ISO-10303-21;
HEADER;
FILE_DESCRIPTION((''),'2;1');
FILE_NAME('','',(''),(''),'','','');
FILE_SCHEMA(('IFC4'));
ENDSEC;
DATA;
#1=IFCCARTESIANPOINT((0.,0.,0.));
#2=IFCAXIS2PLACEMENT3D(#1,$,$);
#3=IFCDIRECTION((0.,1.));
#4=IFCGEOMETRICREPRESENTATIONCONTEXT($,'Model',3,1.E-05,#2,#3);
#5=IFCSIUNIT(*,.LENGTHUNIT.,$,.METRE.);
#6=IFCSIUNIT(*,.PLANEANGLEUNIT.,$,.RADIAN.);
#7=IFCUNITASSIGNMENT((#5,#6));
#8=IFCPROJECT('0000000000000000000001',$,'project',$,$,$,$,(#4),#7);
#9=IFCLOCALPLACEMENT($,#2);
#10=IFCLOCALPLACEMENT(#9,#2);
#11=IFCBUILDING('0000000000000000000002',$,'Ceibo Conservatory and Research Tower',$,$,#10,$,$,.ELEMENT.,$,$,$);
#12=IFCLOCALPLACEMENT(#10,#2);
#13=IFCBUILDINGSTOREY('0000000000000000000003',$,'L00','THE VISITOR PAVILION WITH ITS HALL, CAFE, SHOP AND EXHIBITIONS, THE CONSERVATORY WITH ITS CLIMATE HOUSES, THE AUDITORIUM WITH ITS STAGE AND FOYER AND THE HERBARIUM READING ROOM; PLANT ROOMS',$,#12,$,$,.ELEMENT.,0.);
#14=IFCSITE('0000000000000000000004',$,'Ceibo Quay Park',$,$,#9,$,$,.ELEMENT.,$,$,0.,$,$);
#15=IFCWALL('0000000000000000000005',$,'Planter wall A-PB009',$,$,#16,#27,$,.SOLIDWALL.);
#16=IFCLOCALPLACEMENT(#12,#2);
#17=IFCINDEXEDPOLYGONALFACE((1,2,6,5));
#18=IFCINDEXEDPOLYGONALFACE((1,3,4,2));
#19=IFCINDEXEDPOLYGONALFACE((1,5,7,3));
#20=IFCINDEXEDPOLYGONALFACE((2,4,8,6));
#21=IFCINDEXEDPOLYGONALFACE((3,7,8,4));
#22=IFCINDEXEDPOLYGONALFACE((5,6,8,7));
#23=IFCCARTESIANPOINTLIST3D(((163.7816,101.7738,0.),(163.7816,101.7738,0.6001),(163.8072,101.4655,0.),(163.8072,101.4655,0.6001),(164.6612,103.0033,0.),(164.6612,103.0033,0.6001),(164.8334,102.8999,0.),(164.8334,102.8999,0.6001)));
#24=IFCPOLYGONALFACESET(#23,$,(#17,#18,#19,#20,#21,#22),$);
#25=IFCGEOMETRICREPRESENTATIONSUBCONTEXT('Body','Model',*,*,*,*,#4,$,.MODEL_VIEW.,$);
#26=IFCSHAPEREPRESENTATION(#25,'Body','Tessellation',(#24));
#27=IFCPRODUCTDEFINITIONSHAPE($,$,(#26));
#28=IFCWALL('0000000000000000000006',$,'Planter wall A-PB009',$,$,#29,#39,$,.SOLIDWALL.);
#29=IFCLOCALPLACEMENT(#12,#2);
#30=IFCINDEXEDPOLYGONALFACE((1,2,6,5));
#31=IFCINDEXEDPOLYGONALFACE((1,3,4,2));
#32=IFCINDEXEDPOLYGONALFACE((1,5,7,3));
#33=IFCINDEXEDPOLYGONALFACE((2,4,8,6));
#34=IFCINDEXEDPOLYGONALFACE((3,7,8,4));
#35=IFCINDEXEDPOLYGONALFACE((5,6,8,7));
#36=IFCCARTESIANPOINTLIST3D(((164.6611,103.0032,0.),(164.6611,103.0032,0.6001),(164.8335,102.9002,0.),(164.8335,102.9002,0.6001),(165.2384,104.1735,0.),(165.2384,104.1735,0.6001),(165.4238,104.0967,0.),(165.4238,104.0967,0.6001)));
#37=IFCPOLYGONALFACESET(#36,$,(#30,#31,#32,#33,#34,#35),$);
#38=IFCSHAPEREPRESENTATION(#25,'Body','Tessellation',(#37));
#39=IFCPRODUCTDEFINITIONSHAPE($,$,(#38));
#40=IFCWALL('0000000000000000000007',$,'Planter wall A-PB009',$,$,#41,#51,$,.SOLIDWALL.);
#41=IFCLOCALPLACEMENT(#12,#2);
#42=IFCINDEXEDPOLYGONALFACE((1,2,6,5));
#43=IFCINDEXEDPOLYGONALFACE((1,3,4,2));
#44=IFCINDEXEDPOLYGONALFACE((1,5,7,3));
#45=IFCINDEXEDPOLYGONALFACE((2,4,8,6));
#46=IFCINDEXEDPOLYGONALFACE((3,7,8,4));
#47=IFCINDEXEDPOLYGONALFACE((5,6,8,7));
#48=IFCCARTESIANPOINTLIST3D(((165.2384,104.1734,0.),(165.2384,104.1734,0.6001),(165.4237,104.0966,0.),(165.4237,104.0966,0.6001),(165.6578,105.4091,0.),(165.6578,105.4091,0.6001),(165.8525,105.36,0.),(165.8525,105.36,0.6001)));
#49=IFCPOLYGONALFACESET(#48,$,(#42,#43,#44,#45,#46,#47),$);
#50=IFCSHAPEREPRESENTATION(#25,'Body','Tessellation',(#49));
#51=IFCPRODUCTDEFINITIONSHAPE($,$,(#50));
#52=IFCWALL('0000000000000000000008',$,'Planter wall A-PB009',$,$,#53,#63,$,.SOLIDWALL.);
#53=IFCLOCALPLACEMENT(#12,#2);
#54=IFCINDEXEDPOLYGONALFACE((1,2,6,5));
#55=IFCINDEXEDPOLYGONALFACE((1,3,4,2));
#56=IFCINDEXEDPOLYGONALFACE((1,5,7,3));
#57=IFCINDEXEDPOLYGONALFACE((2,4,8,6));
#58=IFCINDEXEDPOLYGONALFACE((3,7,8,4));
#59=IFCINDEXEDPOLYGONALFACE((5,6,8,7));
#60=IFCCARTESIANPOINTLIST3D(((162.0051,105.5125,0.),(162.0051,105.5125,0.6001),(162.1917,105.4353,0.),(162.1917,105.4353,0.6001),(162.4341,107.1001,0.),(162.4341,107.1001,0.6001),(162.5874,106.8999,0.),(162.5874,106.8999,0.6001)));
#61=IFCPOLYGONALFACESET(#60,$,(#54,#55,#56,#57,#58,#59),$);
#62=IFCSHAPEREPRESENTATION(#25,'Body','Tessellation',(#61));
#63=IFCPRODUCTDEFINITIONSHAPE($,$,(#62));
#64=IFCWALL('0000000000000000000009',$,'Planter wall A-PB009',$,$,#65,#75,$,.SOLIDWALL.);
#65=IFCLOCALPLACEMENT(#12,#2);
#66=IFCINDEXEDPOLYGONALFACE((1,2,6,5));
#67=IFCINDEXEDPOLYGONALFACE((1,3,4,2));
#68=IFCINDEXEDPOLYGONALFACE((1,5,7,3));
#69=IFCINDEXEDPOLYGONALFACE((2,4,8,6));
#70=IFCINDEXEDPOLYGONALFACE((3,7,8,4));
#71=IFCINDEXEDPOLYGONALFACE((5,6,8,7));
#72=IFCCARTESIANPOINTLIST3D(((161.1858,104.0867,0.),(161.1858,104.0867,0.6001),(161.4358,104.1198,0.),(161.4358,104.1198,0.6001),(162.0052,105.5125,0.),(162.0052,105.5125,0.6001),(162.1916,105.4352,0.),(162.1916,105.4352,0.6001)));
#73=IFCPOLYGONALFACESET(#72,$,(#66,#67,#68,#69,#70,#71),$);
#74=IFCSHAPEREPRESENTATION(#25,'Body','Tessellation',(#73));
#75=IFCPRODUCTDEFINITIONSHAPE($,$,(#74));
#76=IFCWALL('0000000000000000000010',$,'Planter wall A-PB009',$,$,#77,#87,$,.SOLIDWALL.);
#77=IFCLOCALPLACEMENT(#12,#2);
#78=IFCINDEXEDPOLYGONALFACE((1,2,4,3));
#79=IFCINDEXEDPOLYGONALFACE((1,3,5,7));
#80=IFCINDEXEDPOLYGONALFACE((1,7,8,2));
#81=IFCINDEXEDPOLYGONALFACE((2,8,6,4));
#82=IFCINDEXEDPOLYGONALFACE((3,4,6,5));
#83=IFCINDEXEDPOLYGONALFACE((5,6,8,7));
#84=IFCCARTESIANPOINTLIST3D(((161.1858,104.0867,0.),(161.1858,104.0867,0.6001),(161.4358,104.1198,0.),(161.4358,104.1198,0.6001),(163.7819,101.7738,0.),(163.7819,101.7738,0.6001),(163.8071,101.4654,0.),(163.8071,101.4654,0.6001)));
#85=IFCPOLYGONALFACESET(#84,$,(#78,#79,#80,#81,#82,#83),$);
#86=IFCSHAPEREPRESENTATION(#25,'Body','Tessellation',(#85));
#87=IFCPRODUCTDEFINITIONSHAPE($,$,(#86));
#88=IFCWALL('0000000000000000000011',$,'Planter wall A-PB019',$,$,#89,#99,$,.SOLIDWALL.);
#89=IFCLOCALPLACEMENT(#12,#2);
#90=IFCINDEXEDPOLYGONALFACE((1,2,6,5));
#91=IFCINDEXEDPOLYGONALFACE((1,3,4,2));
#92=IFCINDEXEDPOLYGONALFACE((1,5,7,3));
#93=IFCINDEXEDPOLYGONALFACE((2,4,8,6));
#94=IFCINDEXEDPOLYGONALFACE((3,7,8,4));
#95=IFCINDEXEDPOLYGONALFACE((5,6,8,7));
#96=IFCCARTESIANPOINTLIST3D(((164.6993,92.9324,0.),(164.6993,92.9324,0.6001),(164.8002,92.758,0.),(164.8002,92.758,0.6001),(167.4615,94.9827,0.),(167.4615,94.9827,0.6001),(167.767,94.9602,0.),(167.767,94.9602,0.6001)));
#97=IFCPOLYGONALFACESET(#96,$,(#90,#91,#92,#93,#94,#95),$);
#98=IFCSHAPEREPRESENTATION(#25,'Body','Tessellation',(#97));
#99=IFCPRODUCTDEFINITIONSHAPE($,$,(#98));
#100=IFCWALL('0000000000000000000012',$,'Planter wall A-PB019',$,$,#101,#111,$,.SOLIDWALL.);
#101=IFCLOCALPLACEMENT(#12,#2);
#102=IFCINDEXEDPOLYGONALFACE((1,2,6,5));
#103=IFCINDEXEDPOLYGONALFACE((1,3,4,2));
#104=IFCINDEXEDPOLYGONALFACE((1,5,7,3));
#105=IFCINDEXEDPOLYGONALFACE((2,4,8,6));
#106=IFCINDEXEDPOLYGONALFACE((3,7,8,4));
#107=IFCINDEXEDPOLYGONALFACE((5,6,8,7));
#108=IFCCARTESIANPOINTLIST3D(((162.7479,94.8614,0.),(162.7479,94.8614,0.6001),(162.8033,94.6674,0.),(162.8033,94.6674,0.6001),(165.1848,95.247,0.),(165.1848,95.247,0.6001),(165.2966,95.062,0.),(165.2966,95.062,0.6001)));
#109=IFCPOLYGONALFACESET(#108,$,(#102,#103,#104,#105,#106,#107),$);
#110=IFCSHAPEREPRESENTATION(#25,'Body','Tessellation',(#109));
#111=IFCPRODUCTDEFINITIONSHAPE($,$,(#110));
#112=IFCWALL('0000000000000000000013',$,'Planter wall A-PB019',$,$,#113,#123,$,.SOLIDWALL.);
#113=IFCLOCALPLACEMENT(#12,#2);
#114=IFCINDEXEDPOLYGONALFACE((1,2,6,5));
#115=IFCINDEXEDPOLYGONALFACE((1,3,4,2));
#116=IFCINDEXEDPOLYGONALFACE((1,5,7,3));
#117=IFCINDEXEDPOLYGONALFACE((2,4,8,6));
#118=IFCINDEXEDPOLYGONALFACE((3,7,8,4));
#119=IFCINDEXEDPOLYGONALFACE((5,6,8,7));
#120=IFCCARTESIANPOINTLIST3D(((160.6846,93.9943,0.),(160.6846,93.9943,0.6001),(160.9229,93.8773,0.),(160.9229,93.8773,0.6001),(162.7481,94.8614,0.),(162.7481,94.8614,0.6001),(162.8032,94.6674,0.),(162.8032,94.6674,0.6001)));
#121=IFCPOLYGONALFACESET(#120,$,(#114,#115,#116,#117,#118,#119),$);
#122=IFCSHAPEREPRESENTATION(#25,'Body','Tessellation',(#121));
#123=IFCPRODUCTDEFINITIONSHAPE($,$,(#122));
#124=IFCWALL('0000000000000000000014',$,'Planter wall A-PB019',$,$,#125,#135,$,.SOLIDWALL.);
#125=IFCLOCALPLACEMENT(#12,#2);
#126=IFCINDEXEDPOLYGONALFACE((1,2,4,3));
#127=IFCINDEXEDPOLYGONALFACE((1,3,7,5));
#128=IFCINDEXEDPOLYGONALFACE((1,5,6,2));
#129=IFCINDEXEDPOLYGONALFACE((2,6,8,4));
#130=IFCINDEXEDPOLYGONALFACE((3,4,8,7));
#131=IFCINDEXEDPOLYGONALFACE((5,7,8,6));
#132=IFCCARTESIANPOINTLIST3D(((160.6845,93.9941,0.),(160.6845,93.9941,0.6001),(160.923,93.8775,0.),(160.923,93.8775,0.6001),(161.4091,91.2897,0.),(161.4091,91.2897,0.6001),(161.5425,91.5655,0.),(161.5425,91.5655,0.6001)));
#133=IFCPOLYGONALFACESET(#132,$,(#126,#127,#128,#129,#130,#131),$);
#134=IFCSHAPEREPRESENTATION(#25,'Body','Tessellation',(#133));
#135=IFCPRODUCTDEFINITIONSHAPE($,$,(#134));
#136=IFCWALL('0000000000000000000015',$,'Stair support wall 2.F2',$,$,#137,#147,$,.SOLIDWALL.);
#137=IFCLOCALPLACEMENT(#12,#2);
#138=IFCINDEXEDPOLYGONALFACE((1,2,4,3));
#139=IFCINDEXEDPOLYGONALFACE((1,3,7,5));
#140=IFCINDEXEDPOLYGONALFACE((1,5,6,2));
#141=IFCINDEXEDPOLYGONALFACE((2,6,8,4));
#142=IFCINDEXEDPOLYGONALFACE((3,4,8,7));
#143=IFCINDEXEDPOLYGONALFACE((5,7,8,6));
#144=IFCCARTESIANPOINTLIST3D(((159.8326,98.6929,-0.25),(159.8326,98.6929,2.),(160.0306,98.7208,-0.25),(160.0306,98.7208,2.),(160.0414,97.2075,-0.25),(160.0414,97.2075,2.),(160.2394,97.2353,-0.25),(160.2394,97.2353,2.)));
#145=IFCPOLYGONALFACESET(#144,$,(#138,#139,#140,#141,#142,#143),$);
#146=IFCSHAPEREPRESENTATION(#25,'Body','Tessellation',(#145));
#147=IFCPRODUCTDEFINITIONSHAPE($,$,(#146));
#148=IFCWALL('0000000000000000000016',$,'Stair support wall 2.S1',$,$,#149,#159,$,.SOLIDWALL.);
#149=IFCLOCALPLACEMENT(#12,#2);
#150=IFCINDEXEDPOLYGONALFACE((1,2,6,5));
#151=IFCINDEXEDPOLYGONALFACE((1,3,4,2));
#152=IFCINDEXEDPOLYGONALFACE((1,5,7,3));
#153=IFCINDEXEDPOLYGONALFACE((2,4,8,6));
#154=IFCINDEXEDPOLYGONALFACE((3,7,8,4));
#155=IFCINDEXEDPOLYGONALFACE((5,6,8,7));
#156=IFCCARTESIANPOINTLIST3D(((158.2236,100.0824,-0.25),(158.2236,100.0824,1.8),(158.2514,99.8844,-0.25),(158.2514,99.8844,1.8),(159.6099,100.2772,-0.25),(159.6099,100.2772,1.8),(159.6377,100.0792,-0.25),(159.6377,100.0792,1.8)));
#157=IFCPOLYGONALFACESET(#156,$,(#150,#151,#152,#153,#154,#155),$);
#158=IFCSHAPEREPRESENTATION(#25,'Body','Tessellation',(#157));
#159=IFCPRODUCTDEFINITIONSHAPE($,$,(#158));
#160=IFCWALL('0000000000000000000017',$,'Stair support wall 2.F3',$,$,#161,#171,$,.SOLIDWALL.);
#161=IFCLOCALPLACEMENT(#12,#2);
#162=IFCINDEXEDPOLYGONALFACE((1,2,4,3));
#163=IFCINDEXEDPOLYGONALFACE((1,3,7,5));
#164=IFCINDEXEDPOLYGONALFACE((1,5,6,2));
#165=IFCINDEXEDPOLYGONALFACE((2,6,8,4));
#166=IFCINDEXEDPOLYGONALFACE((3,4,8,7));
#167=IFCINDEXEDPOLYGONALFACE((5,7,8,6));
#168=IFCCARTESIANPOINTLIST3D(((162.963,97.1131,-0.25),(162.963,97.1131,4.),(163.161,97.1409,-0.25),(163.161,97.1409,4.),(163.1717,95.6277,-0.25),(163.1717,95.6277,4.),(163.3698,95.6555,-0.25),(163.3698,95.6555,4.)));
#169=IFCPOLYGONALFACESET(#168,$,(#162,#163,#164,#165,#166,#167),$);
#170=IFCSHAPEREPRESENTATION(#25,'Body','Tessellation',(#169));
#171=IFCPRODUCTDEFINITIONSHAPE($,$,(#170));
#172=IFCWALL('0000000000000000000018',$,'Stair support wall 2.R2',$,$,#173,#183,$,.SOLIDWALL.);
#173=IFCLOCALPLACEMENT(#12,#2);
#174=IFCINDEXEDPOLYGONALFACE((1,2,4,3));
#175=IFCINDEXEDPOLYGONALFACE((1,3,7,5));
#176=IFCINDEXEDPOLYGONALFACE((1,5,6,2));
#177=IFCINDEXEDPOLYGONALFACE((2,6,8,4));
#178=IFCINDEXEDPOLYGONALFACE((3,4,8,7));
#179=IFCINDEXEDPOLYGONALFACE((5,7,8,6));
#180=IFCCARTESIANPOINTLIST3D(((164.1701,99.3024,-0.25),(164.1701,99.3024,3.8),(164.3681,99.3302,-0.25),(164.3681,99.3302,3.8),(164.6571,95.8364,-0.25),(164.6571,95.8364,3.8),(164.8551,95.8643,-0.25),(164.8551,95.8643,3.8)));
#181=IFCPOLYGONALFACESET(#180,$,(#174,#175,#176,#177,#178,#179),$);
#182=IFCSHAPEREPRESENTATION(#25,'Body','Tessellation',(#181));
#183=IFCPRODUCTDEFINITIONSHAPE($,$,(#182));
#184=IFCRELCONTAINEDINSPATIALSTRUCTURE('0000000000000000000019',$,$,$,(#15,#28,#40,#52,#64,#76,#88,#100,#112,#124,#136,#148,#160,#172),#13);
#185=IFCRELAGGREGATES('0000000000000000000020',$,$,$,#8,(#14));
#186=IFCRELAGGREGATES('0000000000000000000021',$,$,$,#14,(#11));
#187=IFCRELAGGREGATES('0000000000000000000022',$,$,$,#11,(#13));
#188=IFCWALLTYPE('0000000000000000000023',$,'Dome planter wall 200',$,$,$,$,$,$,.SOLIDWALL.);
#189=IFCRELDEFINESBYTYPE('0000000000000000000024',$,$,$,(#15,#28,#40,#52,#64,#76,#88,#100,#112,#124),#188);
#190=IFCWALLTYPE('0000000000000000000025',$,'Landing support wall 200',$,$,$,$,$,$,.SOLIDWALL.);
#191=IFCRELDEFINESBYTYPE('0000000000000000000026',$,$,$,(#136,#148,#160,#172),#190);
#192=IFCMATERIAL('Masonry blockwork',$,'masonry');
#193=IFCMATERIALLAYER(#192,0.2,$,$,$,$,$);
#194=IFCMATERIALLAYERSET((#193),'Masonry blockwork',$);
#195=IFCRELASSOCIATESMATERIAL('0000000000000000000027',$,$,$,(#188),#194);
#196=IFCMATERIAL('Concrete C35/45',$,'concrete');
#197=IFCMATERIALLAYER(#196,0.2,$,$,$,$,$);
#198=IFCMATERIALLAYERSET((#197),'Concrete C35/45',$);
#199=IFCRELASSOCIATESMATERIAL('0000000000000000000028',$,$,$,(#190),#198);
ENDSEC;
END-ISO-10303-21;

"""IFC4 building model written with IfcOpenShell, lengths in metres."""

from ifc_helpers import new_model, si_unit, direction, frame, frame_2d, origin, place, context, subcontext, project, spatial, polyline, rectangle, outline, extrude, material, layer, layer_set, type_object, element, save


model = new_model("IFC4")

# Units and contexts
model_context = context("Model", 3, precision=1e-05, world=origin(), true_north=direction((0.0, 1.0)))
body_context = subcontext(model_context, "Body", "Model", "MODEL_VIEW")
ifc_project = project(units=[si_unit("LENGTHUNIT", "METRE"), si_unit("PLANEANGLEUNIT", "RADIAN")], contexts=[model_context])

# Site, building, storey
site_placement = place(None, origin())
site = spatial("IfcSite", under=ifc_project, at=site_placement, Name="Ceibo Quay Park", CompositionType="ELEMENT", RefElevation=0.0)
building_placement = place(site_placement, origin())
building = spatial("IfcBuilding", under=site, at=building_placement, Name="Ceibo Conservatory and Research Tower", CompositionType="ELEMENT")
storey_placement = place(building_placement, origin())
storey = spatial("IfcBuildingStorey", under=building, at=storey_placement, Name="L00", Description="THE VISITOR PAVILION WITH ITS HALL, CAFE, SHOP AND EXHIBITIONS, THE CONSERVATORY WITH ITS CLIMATE HOUSES, THE AUDITORIUM WITH ITS STAGE AND FOYER AND THE HERBARIUM READING ROOM; PLANT ROOMS", CompositionType="ELEMENT", Elevation=0.0)

# Shared definitions
ifc_material_1 = material(Name="Concrete C35/45", Category="concrete")

# Walls
ifc_material_2 = material(Name="Masonry blockwork", Category="masonry")
ifc_layer_1 = layer(ifc_material_2, 0.2)
ifc_layer_set_1 = layer_set([ifc_layer_1], Name="Masonry blockwork")
wall_type_1 = type_object("IfcWallType", Name="Dome planter wall 200", PredefinedType="SOLIDWALL", material=ifc_layer_set_1)
wall_1_placement = place(storey_placement, frame((163.7944, 101.6196, 0.0), z_axis=(0.0, 0.0, 1.0), x_axis=(0.581816, 0.81332, 0.0)))
element("IfcWall", 1, at=wall_1_placement, inside=storey, type_object=wall_type_1, Name="Planter wall A-PB009", PredefinedType="SOLIDWALL", context=body_context, shape_type="SweptSolid", body=[
    extrude(outline(polyline([(-0.1179, -0.1001), (1.6458, -0.1001), (1.6296, 0.1001), (0.1179, 0.1001), (-0.1179, -0.1001)])), origin(), (0.0, 0.0, 1.0), 0.6001),
])
wall_2_placement = place(storey_placement, frame((164.7473, 102.9517, 0.0), z_axis=(0.0, 0.0, 1.0), x_axis=(0.442396, 0.89682, 0.0)))
element("IfcWall", 2, at=wall_2_placement, inside=storey, type_object=wall_type_1, Name="Planter wall A-PB009", PredefinedType="SOLIDWALL", context=body_context, shape_type="SweptSolid", body=[
    extrude(outline(polyline([(-0.0081, -0.1001), (1.3262, -0.1001), (1.313, 0.1001), (0.0081, 0.1001), (-0.0081, -0.1001)])), origin(), (0.0, 0.0, 1.0), 0.6001),
])
wall_3_placement = place(storey_placement, frame((165.3311, 104.135, 0.0), z_axis=(0.0, 0.0, 1.0), x_axis=(0.321385, 0.946949, 0.0)))
element("IfcWall", 3, at=wall_3_placement, inside=storey, type_object=wall_type_1, Name="Planter wall A-PB009", PredefinedType="SOLIDWALL", context=body_context, shape_type="SweptSolid", body=[
    extrude(outline(polyline([(-0.0066, -0.1001), (1.3276, -0.1001), (1.3115, 0.1001), (0.0066, 0.1001), (-0.0066, -0.1001)])), origin(), (0.0, 0.0, 1.0), 0.6001),
])
wall_4_placement = place(storey_placement, frame((162.5107, 107.0, 0.0), z_axis=(0.0, 0.0, 1.0), x_axis=(-0.260843, -0.965381, 0.0)))
element("IfcWall", 4, at=wall_4_placement, inside=storey, type_object=wall_type_1, Name="Planter wall A-PB009", PredefinedType="SOLIDWALL", context=body_context, shape_type="SweptSolid", body=[
    extrude(outline(polyline([(-0.0767, -0.1001), (1.5679, -0.1001), (1.5938, 0.1001), (0.0767, 0.1001), (-0.0767, -0.1001)])), origin(), (0.0, 0.0, 1.0), 0.6001),
])
wall_5_placement = place(storey_placement, frame((162.0984, 105.4739, 0.0), z_axis=(0.0, 0.0, 1.0), x_axis=(-0.498233, -0.867043, 0.0)))
element("IfcWall", 5, at=wall_5_placement, inside=storey, type_object=wall_type_1, Name="Planter wall A-PB009", PredefinedType="SOLIDWALL", context=body_context, shape_type="SweptSolid", body=[
    extrude(outline(polyline([(0.0129, -0.1001), (1.6575, -0.1001), (1.5042, 0.1001), (-0.0129, 0.1001), (0.0129, -0.1001)])), origin(), (0.0, 0.0, 1.0), 0.6001),
])
wall_6_placement = place(storey_placement, frame((161.3108, 104.1033, 0.0), z_axis=(0.0, 0.0, 1.0), x_axis=(0.707107, -0.707107, 0.0)))
element("IfcWall", 6, at=wall_6_placement, inside=storey, type_object=wall_type_1, Name="Planter wall A-PB009", PredefinedType="SOLIDWALL", context=body_context, shape_type="SweptSolid", body=[
    extrude(outline(polyline([(-0.0767, -0.1001), (3.6304, -0.1001), (3.3945, 0.1001), (0.0767, 0.1001), (-0.0767, -0.1001)])), origin(), (0.0, 0.0, 1.0), 0.6001),
])
wall_7_placement = place(storey_placement, frame((164.7498, 92.8452, 0.0), z_axis=(0.0, 0.0, 1.0), x_axis=(0.802971, 0.596018, 0.0)))
element("IfcWall", 7, at=wall_7_placement, inside=storey, type_object=wall_type_1, Name="Planter wall A-PB019", PredefinedType="SOLIDWALL", context=body_context, shape_type="SweptSolid", body=[
    extrude(outline(polyline([(-0.0115, -0.1001), (3.6833, -0.1001), (3.4514, 0.1001), (0.0115, 0.1001), (-0.0115, -0.1001)])), origin(), (0.0, 0.0, 1.0), 0.6001),
])
wall_8_placement = place(storey_placement, frame((165.2407, 95.1545, 0.0), z_axis=(0.0, 0.0, 1.0), x_axis=(-0.987707, -0.156319, 0.0)))
element("IfcWall", 8, at=wall_8_placement, inside=storey, type_object=wall_type_1, Name="Planter wall A-PB019", PredefinedType="SOLIDWALL", context=body_context, shape_type="SweptSolid", body=[
    extrude(outline(polyline([(0.0408, -0.1001), (2.5081, -0.1001), (2.4836, 0.1001), (-0.0408, 0.1001), (0.0408, -0.1001)])), origin(), (0.0, 0.0, 1.0), 0.6001),
])
wall_9_placement = place(storey_placement, frame((162.7756, 94.7644, 0.0), z_axis=(0.0, 0.0, 1.0), x_axis=(-0.921914, -0.387394, 0.0)))
element("IfcWall", 9, at=wall_9_placement, inside=storey, type_object=wall_type_1, Name="Planter wall A-PB019", PredefinedType="SOLIDWALL", context=body_context, shape_type="SweptSolid", body=[
    extrude(outline(polyline([(-0.0122, -0.1001), (2.2261, -0.1001), (2.0518, 0.1001), (0.0122, 0.1001), (-0.0122, -0.1001)])), origin(), (0.0, 0.0, 1.0), 0.6001),
])
wall_10_placement = place(storey_placement, frame((160.8037, 93.9358, 0.0), z_axis=(0.0, 0.0, 1.0), x_axis=(0.258827, -0.965924, 0.0)))
element("IfcWall", 10, at=wall_10_placement, inside=storey, type_object=wall_type_1, Name="Planter wall A-PB019", PredefinedType="SOLIDWALL", context=body_context, shape_type="SweptSolid", body=[
    extrude(outline(polyline([(-0.0872, -0.1001), (2.7126, -0.1001), (2.4807, 0.1001), (0.0872, 0.1001), (-0.0872, -0.1001)])), origin(), (0.0, 0.0, 1.0), 0.6001),
])
ifc_layer_2 = layer(ifc_material_1, 0.2)
ifc_layer_set_2 = layer_set([ifc_layer_2], Name="Concrete C35/45")
wall_type_2 = type_object("IfcWallType", Name="Landing support wall 200", PredefinedType="SOLIDWALL", material=ifc_layer_set_2)
wall_11_placement = place(storey_placement, frame((160.1404, 97.2214, -0.25), z_axis=(0.0, 0.0, 1.0), x_axis=(-0.139165, 0.990269, 0.0)))
element("IfcWall", 11, at=wall_11_placement, inside=storey, type_object=wall_type_2, Name="Stair support wall 2.F2", PredefinedType="SOLIDWALL", context=body_context, shape_type="SweptSolid", body=[
    extrude(rectangle(XDim=1.5, YDim=0.2, at=frame_2d((0.75, 0.0))), origin(), (0.0, 0.0, 1.0), 2.25),
])
wall_12_placement = place(storey_placement, frame((159.6238, 100.1782, -0.25), z_axis=(0.0, 0.0, 1.0), x_axis=(-0.990268, -0.139175, 0.0)))
element("IfcWall", 12, at=wall_12_placement, inside=storey, type_object=wall_type_2, Name="Stair support wall 2.S1", PredefinedType="SOLIDWALL", context=body_context, shape_type="SweptSolid", body=[
    extrude(rectangle(XDim=1.3999, YDim=0.2, at=frame_2d((0.7, 0.0))), origin(), (0.0, 0.0, 1.0), 2.05),
])
wall_13_placement = place(storey_placement, frame((163.2708, 95.6416, -0.25), z_axis=(0.0, 0.0, 1.0), x_axis=(-0.139165, 0.990269, 0.0)))
element("IfcWall", 13, at=wall_13_placement, inside=storey, type_object=wall_type_2, Name="Stair support wall 2.F3", PredefinedType="SOLIDWALL", context=body_context, shape_type="SweptSolid", body=[
    extrude(rectangle(XDim=1.5, YDim=0.2, at=frame_2d((0.75, 0.0))), origin(), (0.0, 0.0, 1.0), 4.25),
])
wall_14_placement = place(storey_placement, frame((164.7561, 95.8503, -0.25), z_axis=(0.0, 0.0, 1.0), x_axis=(-0.139155, 0.990271, 0.0)))
element("IfcWall", 14, at=wall_14_placement, inside=storey, type_object=wall_type_2, Name="Stair support wall 2.R2", PredefinedType="SOLIDWALL", context=body_context, shape_type="SweptSolid", body=[
    extrude(rectangle(XDim=3.5, YDim=0.2, at=frame_2d((1.75, 0.0))), origin(), (0.0, 0.0, 1.0), 4.05),
])

save(model, "model.ifc")
